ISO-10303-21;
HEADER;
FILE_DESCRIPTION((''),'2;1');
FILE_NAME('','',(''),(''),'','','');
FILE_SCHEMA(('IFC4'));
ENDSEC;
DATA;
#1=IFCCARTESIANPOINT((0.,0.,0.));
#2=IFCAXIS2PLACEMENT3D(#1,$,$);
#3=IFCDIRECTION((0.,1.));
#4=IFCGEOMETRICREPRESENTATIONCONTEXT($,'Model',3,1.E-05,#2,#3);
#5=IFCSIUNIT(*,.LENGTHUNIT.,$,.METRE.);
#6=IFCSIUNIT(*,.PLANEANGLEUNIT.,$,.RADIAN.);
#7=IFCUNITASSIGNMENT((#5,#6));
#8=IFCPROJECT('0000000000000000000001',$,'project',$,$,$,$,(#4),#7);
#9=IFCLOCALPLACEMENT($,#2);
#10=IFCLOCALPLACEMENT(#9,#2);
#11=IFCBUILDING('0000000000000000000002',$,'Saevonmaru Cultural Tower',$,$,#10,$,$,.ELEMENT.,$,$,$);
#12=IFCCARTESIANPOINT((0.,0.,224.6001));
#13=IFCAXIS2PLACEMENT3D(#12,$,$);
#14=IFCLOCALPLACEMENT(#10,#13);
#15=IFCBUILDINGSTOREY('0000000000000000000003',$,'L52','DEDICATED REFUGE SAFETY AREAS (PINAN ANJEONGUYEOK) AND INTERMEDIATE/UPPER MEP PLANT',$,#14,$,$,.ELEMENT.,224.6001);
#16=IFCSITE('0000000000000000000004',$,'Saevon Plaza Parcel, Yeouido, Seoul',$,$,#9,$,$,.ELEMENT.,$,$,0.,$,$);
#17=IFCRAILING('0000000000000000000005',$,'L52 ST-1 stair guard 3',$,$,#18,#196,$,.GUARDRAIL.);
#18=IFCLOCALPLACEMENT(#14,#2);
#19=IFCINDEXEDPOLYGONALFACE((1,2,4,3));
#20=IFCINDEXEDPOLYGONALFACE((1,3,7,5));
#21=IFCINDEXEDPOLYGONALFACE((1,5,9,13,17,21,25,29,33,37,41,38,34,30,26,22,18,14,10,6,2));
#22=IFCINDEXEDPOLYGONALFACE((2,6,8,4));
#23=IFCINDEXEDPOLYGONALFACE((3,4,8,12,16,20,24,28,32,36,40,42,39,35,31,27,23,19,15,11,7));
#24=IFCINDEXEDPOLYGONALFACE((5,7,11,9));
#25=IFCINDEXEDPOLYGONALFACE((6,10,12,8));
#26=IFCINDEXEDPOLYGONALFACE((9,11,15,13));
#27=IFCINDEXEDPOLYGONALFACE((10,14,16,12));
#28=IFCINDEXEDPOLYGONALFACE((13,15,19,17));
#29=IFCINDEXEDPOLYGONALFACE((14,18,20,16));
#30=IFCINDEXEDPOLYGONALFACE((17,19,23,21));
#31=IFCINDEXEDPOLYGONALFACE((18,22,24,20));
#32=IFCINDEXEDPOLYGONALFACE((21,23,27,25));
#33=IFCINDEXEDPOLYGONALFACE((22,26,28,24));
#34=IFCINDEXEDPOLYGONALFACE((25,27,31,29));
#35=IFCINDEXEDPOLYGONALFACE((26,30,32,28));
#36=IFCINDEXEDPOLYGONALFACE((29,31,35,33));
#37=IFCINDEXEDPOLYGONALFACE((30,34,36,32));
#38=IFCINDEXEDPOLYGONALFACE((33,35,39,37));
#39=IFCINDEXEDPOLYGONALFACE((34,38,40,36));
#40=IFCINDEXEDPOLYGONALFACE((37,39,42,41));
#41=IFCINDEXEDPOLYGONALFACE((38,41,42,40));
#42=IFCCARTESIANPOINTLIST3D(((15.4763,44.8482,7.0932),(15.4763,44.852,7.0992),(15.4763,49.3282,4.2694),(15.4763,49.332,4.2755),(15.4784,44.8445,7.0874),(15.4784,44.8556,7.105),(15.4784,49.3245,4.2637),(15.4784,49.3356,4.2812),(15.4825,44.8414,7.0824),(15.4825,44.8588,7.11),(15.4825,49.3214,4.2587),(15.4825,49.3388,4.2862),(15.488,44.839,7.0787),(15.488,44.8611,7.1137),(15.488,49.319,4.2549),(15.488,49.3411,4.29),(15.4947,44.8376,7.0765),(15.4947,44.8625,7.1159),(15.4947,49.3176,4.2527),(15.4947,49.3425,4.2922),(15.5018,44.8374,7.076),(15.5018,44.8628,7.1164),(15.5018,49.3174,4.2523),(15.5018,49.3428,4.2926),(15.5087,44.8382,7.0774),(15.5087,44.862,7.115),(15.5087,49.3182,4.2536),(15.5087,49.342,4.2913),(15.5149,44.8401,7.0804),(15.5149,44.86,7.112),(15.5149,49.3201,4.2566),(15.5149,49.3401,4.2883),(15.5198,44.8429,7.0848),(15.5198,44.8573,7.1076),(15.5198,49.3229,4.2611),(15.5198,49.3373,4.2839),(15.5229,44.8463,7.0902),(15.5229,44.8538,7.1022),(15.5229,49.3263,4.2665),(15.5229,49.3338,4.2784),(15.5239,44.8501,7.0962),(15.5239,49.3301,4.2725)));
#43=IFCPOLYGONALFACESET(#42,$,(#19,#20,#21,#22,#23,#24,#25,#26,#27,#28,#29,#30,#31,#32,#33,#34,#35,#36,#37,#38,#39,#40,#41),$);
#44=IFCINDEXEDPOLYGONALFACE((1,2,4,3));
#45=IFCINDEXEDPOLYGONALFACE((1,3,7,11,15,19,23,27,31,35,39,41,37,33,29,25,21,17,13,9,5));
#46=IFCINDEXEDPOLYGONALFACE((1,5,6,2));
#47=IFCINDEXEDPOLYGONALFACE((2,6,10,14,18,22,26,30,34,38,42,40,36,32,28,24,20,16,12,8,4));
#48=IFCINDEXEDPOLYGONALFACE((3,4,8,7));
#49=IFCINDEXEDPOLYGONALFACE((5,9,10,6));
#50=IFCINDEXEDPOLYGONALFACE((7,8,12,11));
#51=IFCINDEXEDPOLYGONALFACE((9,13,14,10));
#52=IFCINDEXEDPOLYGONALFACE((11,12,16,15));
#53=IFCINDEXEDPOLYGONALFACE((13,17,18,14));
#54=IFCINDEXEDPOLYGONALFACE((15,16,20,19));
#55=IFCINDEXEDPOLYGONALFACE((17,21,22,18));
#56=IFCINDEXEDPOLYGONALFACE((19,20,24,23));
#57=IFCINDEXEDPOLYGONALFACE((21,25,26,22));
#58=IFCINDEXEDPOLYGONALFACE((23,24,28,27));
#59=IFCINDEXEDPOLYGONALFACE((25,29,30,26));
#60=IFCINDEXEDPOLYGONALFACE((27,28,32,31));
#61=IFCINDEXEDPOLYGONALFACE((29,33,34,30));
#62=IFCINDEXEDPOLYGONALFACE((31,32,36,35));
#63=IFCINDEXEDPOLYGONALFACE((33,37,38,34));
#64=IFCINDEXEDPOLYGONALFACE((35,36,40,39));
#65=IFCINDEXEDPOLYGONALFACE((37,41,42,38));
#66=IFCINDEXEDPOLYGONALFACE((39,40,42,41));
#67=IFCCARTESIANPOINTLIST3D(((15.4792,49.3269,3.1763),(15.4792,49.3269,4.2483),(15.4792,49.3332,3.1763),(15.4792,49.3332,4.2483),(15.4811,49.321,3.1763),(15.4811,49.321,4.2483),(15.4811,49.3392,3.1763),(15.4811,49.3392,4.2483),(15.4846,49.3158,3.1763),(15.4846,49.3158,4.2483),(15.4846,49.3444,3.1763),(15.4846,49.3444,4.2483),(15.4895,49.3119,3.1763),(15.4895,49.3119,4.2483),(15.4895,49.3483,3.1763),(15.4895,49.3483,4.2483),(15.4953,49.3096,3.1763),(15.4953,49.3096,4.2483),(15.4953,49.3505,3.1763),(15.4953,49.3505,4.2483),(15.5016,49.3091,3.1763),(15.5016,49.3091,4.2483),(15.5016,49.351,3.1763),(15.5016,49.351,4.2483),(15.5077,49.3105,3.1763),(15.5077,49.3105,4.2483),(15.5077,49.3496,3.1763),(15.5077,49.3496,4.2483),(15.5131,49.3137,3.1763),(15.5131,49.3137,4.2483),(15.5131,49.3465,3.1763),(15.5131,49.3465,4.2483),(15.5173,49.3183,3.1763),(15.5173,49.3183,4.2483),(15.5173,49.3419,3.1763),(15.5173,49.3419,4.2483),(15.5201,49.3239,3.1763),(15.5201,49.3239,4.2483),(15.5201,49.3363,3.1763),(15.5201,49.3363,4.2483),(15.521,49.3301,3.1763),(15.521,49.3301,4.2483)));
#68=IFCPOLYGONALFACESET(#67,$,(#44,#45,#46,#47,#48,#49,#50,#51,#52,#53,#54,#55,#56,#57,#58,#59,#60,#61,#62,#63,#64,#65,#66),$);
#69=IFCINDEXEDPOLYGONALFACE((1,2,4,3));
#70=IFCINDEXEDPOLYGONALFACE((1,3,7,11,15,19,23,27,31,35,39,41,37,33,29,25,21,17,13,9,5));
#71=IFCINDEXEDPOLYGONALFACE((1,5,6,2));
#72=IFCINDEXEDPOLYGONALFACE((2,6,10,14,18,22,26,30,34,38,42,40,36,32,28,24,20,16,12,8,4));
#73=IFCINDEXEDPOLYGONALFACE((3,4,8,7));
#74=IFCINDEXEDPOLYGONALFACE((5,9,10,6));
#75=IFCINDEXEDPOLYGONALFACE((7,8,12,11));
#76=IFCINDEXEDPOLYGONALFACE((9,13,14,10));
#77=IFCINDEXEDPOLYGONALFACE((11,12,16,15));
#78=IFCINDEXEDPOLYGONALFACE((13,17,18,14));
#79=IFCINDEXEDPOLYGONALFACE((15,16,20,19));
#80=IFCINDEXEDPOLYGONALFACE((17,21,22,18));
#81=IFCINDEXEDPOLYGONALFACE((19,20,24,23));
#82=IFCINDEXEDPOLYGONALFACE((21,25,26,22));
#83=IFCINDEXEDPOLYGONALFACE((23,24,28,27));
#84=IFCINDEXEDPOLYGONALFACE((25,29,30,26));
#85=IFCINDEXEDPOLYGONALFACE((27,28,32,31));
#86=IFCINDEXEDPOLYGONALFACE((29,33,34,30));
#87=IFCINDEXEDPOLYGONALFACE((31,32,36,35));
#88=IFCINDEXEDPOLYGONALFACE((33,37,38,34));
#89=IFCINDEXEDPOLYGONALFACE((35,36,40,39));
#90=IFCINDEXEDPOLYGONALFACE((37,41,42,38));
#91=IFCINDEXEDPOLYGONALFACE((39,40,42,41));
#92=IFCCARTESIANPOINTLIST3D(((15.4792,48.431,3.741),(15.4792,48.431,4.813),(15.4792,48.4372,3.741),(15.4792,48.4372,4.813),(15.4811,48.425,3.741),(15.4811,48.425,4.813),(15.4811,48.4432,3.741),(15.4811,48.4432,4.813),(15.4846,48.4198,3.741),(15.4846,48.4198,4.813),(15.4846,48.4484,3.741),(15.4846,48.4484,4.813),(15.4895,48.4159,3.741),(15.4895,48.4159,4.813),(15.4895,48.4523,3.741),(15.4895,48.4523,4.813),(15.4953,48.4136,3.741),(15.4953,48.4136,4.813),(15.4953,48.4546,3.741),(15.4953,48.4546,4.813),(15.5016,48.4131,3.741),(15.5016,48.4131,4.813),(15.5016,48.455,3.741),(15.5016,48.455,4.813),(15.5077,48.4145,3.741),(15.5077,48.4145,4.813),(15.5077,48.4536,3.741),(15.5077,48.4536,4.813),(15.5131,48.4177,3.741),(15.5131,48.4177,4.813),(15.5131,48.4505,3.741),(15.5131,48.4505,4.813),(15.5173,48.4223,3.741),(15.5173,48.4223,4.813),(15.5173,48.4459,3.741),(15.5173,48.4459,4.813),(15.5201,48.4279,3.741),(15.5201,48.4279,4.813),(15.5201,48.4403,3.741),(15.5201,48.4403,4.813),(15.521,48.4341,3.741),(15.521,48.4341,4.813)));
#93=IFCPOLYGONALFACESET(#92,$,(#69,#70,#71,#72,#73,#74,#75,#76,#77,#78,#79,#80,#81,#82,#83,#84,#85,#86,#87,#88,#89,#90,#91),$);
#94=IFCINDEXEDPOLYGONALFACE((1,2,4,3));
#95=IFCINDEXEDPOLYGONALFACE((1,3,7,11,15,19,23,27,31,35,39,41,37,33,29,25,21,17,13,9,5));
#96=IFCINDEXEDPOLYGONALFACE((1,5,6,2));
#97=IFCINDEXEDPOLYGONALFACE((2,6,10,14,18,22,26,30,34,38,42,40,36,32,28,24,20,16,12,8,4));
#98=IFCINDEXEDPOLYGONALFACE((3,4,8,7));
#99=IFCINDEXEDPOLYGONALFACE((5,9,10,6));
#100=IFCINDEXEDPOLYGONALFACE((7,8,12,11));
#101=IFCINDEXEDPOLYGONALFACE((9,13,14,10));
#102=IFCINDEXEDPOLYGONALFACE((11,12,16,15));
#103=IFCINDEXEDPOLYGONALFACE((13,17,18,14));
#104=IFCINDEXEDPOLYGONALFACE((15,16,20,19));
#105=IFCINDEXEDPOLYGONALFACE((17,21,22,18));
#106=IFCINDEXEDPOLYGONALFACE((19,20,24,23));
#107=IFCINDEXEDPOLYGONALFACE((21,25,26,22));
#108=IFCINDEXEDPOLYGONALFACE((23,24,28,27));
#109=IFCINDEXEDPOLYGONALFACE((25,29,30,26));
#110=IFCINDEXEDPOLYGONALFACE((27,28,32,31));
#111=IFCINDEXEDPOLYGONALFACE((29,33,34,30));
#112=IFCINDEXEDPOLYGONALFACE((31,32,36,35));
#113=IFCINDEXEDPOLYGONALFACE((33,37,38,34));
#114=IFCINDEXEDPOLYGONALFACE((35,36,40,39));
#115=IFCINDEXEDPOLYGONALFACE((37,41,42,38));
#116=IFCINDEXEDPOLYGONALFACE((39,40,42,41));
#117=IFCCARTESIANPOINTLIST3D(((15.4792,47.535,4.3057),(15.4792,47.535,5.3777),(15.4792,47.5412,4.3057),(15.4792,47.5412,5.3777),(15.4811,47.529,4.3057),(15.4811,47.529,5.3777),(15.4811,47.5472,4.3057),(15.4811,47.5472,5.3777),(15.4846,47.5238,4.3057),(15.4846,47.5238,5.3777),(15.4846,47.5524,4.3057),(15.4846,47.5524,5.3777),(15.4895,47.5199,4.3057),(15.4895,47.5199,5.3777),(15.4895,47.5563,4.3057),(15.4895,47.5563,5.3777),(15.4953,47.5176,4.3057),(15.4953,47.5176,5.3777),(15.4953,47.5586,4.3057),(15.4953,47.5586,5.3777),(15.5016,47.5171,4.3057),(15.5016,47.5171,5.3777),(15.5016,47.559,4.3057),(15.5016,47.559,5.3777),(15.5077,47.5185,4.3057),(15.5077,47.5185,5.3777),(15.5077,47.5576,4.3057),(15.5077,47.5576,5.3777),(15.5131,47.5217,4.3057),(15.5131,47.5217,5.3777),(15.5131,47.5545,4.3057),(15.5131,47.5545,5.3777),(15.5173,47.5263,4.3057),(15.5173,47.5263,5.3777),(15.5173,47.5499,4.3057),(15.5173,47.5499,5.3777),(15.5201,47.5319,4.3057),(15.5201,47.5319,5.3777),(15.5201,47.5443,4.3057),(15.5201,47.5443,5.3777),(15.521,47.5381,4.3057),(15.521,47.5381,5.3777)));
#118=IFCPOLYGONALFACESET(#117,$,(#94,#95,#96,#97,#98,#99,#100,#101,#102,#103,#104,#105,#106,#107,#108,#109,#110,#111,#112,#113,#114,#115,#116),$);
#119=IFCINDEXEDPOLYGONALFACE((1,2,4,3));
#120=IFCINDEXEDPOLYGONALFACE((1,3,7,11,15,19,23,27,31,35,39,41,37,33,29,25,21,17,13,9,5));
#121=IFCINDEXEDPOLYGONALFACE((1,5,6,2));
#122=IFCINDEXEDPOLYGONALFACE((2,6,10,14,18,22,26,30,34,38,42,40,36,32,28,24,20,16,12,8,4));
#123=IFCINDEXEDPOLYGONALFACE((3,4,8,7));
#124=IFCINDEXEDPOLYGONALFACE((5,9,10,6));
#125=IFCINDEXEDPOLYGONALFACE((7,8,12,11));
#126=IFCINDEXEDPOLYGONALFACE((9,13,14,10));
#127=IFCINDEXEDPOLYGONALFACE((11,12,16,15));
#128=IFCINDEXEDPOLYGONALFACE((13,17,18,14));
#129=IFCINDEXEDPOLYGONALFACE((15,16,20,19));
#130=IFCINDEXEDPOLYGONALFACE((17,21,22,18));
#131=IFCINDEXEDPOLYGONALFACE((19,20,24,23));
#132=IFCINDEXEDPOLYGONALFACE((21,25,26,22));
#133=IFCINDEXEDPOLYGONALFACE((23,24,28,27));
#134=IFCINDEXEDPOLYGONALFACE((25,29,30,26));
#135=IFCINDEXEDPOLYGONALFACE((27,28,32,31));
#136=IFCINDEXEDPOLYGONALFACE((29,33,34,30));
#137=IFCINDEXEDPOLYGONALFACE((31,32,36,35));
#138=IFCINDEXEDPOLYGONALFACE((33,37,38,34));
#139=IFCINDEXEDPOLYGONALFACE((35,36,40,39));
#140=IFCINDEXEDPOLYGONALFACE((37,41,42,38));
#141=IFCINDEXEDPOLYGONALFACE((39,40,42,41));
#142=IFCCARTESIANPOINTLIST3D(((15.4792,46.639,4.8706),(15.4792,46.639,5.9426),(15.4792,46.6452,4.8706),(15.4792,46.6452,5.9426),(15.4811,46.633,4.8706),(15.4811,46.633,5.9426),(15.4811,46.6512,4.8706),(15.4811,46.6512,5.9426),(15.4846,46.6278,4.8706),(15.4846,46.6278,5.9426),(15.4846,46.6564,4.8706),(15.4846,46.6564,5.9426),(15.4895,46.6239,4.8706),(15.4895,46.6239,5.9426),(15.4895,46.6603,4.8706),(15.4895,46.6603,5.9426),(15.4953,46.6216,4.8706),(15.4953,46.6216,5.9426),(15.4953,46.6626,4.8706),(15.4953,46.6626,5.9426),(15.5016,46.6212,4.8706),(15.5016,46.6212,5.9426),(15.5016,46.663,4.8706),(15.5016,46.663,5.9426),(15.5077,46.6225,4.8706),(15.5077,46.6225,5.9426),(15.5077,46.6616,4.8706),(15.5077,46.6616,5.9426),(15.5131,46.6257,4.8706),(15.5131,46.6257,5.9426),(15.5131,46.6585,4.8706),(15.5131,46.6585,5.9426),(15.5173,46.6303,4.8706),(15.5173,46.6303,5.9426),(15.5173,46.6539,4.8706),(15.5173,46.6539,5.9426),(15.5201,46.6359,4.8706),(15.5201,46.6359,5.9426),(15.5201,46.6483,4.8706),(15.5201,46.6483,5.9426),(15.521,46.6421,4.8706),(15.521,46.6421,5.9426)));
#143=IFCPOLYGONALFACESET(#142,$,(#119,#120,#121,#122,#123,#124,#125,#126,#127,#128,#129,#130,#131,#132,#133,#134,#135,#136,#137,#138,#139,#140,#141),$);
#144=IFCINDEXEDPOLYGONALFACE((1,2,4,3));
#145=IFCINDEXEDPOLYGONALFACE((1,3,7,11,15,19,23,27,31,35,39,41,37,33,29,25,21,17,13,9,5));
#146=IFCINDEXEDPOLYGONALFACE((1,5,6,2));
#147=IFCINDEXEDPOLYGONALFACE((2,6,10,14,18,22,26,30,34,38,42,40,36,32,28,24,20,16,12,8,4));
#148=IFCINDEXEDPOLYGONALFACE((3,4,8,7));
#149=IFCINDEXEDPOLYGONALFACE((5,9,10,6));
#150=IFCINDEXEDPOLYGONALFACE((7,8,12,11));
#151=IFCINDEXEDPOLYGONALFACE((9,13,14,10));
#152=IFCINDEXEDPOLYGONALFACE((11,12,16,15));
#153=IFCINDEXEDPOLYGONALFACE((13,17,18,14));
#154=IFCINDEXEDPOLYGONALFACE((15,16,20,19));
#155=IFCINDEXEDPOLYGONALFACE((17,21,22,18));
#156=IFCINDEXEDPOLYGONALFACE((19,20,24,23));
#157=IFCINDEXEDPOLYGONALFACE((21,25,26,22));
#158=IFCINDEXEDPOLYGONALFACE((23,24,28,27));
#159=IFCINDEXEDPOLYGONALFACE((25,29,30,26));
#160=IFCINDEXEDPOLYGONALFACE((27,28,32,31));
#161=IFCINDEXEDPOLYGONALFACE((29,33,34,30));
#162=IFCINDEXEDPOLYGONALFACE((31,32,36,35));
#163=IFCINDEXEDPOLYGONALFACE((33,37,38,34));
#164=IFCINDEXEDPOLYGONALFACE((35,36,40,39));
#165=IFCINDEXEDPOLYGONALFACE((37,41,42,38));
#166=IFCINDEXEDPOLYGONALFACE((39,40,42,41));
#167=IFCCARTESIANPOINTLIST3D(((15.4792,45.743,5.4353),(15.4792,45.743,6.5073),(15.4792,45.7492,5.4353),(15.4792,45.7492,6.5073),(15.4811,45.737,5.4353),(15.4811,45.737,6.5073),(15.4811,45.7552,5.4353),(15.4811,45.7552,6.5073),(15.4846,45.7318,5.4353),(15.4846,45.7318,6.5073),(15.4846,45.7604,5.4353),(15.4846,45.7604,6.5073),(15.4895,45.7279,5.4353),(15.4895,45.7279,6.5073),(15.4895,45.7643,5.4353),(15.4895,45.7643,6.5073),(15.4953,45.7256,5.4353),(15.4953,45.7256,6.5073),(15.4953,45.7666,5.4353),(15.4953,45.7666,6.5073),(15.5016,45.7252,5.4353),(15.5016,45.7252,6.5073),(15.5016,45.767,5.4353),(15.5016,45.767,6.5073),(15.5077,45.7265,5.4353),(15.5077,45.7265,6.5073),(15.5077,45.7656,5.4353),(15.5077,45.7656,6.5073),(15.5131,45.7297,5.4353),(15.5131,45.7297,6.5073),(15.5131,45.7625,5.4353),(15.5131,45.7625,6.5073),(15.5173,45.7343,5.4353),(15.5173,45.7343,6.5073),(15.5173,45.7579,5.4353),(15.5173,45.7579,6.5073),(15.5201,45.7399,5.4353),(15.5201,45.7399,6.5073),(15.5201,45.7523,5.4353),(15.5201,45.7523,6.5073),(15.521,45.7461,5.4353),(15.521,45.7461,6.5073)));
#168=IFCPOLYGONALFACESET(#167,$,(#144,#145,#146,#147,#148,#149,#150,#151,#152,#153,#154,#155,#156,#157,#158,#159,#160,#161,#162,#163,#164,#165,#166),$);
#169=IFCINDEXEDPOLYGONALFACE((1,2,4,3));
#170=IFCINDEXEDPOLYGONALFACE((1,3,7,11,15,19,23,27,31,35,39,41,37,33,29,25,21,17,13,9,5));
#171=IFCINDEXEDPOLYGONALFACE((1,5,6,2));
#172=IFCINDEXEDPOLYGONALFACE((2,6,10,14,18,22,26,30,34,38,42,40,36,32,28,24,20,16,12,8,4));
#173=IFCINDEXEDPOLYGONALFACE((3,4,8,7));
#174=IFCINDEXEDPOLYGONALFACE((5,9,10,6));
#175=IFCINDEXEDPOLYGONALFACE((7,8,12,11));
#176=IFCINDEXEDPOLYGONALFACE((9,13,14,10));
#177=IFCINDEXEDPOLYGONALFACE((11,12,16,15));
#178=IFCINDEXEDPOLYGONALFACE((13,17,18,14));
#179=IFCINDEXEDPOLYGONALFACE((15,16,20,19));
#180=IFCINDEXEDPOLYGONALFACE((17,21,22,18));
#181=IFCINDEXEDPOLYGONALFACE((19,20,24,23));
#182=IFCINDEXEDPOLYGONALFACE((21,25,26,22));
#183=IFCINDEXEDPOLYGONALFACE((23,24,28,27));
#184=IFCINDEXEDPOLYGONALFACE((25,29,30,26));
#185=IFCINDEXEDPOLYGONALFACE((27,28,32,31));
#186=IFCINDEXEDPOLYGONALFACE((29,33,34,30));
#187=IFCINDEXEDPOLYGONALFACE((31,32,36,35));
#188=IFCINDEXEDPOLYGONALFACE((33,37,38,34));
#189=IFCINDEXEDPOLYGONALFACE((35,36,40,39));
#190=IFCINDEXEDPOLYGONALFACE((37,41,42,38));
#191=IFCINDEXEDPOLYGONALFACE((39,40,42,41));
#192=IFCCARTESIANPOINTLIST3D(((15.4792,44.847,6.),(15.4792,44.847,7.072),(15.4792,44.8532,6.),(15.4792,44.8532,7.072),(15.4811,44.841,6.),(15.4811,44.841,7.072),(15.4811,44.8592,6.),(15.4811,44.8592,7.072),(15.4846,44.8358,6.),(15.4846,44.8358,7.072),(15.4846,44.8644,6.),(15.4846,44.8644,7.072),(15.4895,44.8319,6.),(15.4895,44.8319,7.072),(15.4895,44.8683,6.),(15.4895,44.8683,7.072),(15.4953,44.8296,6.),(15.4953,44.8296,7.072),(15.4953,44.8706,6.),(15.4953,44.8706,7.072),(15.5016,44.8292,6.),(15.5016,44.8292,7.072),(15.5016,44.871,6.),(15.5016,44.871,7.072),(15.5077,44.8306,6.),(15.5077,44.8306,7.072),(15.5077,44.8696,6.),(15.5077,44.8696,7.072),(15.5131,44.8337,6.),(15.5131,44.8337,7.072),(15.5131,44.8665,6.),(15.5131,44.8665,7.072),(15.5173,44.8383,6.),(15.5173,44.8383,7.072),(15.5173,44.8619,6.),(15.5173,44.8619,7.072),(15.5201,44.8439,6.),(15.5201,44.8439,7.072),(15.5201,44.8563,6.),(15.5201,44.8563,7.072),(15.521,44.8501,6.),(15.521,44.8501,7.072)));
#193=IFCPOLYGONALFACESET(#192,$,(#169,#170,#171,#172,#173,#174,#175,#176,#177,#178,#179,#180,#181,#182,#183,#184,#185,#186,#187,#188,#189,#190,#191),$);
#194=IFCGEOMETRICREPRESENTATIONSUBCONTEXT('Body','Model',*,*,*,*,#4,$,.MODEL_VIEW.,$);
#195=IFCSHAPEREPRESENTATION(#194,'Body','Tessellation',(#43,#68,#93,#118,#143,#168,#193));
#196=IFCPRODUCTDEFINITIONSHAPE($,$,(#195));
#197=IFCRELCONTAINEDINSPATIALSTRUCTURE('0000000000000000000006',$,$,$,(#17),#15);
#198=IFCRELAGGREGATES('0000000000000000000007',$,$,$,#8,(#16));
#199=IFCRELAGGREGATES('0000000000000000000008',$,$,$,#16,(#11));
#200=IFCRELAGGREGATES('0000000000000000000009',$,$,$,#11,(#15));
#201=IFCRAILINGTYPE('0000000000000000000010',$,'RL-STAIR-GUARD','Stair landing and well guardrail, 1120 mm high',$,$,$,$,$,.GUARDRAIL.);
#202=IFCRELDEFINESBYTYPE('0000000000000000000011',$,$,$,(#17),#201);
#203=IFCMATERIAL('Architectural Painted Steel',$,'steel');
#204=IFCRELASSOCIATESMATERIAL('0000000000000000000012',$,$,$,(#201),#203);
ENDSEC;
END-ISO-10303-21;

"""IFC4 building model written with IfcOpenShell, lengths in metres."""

from ifc_helpers import new_model, si_unit, direction, frame, origin, origin_2d, place, context, subcontext, project, spatial, circle, extrude, material, type_object, element, save


model = new_model("IFC4")

# Units and contexts
model_context = context("Model", 3, precision=1e-05, world=origin(), true_north=direction((0.0, 1.0)))
body_context = subcontext(model_context, "Body", "Model", "MODEL_VIEW")
ifc_project = project(units=[si_unit("LENGTHUNIT", "METRE"), si_unit("PLANEANGLEUNIT", "RADIAN")], contexts=[model_context])

# Site, building, storey
site_placement = place(None, origin())
site = spatial("IfcSite", under=ifc_project, at=site_placement, Name="Saevon Plaza Parcel, Yeouido, Seoul", CompositionType="ELEMENT", RefElevation=0.0)
building_placement = place(site_placement, origin())
building = spatial("IfcBuilding", under=site, at=building_placement, Name="Saevonmaru Cultural Tower", CompositionType="ELEMENT")
storey_placement = place(building_placement, frame((0.0, 0.0, 224.6001)))
storey = spatial("IfcBuildingStorey", under=building, at=storey_placement, Name="L52", Description="DEDICATED REFUGE SAFETY AREAS (PINAN ANJEONGUYEOK) AND INTERMEDIATE/UPPER MEP PLANT", CompositionType="ELEMENT", Elevation=224.6001)

# Railing
ifc_material_1 = material(Name="Architectural Painted Steel", Category="steel")
railing_type_1 = type_object("IfcRailingType", Name="RL-STAIR-GUARD", Description="Stair landing and well guardrail, 1120 mm high", PredefinedType="GUARDRAIL", material=ifc_material_1)
railing_1_placement = place(storey_placement, frame((15.5, 49.3301, 3.1763)))
element("IfcRailing", 1, at=railing_1_placement, inside=storey, type_object=railing_type_1, Name="L52 ST-1 stair guard 3", PredefinedType="GUARDRAIL", context=body_context, shape_type="SweptSolid", body=[
    extrude(circle(Radius=0.0239, at=origin_2d()), frame((0.0, 0.0, 1.0962), z_axis=(0.0, -0.845977, 0.533219), x_axis=(1.0, 0.0, 0.0)), (0.0, 0.0, 1.0), 5.2957),
    extrude(circle(Radius=0.021, at=origin_2d()), origin(), (0.0, 0.0, 1.0), 1.072),
    extrude(circle(Radius=0.021, at=origin_2d()), frame((0.0, -0.896, 0.5647)), (0.0, 0.0, 1.0), 1.072),
    extrude(circle(Radius=0.021, at=origin_2d()), frame((0.0, -1.792, 1.1294)), (0.0, 0.0, 1.0), 1.072),
    extrude(circle(Radius=0.021, at=origin_2d()), frame((0.0, -2.688, 1.6943)), (0.0, 0.0, 1.0), 1.072),
    extrude(circle(Radius=0.021, at=origin_2d()), frame((0.0, -3.584, 2.259)), (0.0, 0.0, 1.0), 1.072),
    extrude(circle(Radius=0.021, at=origin_2d()), frame((0.0, -4.48, 2.8237)), (0.0, 0.0, 1.0), 1.072),
])

save(model, "model.ifc")
